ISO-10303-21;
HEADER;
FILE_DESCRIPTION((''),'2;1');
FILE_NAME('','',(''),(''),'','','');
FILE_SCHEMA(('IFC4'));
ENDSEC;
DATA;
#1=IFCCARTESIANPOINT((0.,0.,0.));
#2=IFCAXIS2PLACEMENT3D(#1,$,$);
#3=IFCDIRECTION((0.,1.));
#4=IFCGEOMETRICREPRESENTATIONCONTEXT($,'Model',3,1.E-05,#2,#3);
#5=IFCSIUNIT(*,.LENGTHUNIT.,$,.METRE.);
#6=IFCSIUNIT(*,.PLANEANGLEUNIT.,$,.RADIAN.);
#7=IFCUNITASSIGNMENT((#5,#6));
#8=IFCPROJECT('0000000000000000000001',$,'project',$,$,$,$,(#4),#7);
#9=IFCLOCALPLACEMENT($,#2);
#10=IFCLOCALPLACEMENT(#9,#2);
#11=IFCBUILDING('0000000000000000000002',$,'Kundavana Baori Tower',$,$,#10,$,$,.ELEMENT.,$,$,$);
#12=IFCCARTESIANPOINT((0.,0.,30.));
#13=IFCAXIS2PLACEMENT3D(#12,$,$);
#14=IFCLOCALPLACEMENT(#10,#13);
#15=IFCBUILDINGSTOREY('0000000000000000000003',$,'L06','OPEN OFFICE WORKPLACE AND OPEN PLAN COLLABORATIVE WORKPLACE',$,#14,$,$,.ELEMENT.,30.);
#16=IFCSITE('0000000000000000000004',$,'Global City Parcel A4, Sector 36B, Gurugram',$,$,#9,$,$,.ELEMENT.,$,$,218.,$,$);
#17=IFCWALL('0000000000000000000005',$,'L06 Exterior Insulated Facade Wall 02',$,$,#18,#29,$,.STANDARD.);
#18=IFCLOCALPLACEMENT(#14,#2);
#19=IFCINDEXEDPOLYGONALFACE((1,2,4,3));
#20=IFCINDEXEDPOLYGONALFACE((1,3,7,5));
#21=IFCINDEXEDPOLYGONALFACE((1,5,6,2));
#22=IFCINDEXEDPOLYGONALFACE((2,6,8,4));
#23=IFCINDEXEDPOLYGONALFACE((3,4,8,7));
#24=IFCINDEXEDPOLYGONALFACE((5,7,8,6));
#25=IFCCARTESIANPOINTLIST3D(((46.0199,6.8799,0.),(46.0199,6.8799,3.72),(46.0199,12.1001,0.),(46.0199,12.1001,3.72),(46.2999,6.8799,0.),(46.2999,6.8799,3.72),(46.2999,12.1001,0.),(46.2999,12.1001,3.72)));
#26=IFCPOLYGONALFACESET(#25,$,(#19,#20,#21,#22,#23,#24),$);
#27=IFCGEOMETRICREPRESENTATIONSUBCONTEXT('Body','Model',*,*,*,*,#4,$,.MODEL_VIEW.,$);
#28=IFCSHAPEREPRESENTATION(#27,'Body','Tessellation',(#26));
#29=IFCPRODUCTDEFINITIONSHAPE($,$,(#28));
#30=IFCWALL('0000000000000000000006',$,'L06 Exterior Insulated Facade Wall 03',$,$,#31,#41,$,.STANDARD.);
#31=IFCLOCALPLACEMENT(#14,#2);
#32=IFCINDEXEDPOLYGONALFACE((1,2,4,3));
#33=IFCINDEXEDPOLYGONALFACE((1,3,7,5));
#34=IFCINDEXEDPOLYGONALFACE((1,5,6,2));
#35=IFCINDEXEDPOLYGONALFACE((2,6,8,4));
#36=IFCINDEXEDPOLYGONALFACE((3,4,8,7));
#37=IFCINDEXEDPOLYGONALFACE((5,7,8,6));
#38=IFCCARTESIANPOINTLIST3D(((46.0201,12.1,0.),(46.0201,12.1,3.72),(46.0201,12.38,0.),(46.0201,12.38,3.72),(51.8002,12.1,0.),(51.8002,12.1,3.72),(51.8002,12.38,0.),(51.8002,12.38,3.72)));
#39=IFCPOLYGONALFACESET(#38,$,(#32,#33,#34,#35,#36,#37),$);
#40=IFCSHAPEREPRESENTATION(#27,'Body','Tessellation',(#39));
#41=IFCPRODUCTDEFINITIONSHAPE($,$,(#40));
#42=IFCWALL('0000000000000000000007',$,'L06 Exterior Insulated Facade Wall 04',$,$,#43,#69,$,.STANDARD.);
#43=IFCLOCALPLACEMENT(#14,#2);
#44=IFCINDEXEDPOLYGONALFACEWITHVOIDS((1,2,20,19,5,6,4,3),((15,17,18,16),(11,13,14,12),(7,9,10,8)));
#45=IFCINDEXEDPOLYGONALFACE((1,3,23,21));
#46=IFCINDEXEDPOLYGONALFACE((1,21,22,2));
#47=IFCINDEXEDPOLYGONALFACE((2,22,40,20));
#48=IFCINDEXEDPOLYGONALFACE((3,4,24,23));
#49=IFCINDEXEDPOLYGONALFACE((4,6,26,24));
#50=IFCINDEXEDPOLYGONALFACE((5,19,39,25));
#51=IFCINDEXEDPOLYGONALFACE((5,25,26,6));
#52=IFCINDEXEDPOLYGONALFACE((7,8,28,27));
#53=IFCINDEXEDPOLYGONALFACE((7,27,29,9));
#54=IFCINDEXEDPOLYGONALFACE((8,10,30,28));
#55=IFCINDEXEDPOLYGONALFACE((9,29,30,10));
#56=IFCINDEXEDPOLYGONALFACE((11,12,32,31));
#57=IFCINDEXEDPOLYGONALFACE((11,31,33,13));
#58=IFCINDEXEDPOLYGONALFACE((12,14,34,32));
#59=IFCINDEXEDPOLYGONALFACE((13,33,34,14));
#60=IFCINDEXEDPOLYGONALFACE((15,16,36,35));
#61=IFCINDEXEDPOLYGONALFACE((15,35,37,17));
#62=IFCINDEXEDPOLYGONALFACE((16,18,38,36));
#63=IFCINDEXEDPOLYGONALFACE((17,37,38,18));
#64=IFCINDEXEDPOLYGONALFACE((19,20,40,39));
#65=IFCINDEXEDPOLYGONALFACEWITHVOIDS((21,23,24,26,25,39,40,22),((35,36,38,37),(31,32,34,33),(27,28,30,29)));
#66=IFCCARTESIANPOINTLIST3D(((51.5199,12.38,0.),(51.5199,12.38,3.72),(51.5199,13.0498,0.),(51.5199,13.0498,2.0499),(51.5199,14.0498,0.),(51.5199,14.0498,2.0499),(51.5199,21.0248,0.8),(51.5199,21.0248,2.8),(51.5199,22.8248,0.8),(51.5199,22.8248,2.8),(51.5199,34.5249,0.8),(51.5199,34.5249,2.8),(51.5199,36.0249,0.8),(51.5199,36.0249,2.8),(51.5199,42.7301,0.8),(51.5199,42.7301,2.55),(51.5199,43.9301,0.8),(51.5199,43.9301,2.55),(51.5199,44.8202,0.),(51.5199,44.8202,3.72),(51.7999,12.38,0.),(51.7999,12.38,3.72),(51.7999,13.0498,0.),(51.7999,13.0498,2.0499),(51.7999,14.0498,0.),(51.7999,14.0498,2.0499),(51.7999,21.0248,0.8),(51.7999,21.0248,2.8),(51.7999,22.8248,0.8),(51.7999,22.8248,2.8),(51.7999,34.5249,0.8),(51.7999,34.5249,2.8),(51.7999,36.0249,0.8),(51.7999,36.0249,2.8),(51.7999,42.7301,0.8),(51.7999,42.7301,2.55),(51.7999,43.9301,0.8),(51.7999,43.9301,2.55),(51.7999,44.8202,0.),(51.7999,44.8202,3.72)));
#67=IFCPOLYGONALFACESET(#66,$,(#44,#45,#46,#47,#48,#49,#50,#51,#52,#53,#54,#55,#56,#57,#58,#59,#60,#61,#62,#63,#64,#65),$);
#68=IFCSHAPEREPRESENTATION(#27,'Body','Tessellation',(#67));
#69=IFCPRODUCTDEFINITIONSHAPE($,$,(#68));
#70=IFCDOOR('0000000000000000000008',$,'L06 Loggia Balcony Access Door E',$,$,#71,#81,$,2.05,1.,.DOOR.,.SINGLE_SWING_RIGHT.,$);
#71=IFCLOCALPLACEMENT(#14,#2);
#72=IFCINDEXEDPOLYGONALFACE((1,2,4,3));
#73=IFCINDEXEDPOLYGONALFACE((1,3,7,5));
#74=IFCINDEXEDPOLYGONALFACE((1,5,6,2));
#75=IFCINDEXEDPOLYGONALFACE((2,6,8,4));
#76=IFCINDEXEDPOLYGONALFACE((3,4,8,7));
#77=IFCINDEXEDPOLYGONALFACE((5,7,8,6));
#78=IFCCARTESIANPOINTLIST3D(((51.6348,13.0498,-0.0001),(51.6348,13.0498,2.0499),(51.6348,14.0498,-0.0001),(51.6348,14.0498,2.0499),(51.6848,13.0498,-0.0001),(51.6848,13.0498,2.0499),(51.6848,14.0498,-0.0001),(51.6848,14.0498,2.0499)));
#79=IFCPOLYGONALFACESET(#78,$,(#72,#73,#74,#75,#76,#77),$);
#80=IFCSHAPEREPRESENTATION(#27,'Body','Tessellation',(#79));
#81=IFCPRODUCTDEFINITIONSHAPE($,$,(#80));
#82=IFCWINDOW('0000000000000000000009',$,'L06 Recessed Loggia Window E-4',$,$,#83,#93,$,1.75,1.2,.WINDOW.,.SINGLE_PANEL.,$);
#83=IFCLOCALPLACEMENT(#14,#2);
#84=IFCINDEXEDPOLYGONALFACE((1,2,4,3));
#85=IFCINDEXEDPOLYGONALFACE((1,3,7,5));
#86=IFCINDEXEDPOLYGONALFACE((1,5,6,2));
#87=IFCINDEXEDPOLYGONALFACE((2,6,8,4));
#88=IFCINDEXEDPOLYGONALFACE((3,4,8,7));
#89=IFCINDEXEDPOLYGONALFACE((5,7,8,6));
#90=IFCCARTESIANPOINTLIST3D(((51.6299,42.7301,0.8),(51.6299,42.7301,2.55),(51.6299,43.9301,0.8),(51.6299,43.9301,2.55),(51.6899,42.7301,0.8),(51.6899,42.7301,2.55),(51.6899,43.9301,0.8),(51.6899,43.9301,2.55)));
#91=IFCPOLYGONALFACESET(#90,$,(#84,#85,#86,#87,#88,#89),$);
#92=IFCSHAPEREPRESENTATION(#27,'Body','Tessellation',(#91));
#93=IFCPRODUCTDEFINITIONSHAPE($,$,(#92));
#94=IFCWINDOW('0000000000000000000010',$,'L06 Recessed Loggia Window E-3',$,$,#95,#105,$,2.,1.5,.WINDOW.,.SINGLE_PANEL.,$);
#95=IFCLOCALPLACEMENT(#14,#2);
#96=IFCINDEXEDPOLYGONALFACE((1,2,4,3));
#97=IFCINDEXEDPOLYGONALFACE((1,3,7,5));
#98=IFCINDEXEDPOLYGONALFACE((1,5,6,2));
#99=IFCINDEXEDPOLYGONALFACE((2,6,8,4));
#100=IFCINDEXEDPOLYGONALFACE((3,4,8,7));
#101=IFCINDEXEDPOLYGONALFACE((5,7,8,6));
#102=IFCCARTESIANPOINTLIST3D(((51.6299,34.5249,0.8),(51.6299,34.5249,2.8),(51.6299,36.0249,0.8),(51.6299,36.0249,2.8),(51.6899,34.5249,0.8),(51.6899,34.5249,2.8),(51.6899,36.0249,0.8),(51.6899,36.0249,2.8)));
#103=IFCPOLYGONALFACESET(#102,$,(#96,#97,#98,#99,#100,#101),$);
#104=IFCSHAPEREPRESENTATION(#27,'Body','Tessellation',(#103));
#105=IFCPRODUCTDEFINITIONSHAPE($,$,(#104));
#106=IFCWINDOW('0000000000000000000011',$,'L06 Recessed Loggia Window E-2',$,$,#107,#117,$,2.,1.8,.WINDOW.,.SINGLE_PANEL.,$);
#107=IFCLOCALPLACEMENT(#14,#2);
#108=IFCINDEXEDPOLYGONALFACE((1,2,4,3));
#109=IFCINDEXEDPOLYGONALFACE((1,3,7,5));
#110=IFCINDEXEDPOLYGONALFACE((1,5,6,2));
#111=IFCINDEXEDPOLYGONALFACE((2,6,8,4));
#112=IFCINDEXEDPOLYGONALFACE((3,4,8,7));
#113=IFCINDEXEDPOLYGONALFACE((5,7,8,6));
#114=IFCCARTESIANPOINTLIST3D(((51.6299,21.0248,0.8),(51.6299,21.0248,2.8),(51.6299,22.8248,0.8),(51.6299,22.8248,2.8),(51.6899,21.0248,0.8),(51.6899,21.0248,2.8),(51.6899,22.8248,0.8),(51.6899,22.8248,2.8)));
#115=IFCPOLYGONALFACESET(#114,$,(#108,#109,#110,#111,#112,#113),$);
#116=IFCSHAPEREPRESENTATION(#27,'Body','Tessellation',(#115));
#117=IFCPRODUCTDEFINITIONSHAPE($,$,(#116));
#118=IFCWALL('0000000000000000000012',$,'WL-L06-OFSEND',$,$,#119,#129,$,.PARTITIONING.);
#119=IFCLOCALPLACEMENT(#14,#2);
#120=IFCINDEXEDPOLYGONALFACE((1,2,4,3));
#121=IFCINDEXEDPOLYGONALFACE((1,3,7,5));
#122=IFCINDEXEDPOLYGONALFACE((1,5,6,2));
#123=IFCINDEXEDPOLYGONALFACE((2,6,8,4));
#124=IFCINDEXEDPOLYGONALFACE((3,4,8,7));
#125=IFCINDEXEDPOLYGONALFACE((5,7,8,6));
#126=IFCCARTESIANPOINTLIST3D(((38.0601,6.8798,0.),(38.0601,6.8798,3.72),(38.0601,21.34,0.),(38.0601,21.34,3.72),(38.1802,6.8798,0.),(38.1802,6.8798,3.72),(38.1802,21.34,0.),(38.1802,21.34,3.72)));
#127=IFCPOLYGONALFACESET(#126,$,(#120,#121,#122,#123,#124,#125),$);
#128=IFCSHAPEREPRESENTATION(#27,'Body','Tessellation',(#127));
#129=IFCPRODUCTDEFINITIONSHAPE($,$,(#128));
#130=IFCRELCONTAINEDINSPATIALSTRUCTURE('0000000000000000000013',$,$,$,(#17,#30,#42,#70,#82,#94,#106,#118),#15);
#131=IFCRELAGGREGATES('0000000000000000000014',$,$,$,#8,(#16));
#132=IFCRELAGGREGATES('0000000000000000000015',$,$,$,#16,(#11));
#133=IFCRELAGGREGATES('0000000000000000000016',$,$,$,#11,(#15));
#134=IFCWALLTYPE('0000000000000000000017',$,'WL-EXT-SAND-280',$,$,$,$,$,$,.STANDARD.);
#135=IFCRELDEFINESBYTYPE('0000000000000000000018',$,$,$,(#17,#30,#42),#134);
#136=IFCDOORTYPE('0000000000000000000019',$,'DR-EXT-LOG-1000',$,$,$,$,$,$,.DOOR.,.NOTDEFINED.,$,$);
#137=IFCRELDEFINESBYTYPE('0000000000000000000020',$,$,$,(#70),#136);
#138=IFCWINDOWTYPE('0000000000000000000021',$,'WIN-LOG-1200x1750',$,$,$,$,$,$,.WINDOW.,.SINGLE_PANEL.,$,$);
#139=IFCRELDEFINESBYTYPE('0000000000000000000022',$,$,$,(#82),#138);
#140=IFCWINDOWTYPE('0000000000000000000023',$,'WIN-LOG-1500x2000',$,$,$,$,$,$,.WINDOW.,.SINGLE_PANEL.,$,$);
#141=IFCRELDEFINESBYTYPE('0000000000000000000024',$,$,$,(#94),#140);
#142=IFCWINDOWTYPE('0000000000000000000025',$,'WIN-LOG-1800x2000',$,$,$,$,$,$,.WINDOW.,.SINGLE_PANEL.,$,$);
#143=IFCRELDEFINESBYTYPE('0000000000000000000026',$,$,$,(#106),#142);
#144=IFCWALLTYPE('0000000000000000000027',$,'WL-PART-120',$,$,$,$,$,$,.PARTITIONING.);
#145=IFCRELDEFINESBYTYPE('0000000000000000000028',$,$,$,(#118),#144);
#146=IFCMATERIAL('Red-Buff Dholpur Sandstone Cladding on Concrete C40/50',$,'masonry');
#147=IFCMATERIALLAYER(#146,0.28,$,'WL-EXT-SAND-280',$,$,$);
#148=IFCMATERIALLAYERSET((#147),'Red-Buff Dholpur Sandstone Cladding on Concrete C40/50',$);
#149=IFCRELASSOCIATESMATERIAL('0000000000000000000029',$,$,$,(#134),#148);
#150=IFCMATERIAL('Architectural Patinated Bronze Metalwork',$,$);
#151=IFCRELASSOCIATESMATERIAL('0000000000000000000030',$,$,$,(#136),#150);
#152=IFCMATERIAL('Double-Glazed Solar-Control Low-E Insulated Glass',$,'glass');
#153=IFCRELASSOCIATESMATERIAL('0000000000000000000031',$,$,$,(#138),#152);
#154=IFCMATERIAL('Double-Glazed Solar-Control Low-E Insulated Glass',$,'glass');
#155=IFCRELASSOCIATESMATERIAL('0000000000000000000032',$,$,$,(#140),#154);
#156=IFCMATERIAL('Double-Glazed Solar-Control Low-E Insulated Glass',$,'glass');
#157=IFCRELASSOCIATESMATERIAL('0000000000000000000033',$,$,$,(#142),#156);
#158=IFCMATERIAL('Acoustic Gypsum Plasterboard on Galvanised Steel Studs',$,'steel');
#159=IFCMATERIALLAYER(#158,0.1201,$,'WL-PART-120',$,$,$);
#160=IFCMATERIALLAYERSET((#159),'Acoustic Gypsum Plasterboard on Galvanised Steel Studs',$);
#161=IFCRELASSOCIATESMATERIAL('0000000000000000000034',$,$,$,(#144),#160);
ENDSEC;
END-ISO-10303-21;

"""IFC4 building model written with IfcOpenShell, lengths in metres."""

from ifc_helpers import new_model, si_unit, direction, frame, frame_2d, origin, place, context, subcontext, project, spatial, rectangle, extrude, material, layer, layer_set, type_object, element, fill, save


model = new_model("IFC4")

# Units and contexts
model_context = context("Model", 3, precision=1e-05, world=origin(), true_north=direction((0.0, 1.0)))
body_context = subcontext(model_context, "Body", "Model", "MODEL_VIEW")
ifc_project = project(units=[si_unit("LENGTHUNIT", "METRE"), si_unit("PLANEANGLEUNIT", "RADIAN")], contexts=[model_context])

# Site, building, storey
site_placement = place(None, origin())
site = spatial("IfcSite", under=ifc_project, at=site_placement, Name="Global City Parcel A4, Sector 36B, Gurugram", CompositionType="ELEMENT", RefElevation=218.0)
building_placement = place(site_placement, origin())
building = spatial("IfcBuilding", under=site, at=building_placement, Name="Kundavana Baori Tower", CompositionType="ELEMENT")
storey_placement = place(building_placement, frame((0.0, 0.0, 30.0)))
storey = spatial("IfcBuildingStorey", under=building, at=storey_placement, Name="L06", Description="OPEN OFFICE WORKPLACE AND OPEN PLAN COLLABORATIVE WORKPLACE", CompositionType="ELEMENT", Elevation=30.0)

# Walls
ifc_material_1 = material(Name="Red-Buff Dholpur Sandstone Cladding on Concrete C40/50", Category="masonry")
ifc_layer_1 = layer(ifc_material_1, 0.28, Name="WL-EXT-SAND-280")
ifc_layer_set_1 = layer_set([ifc_layer_1], Name="Red-Buff Dholpur Sandstone Cladding on Concrete C40/50")
wall_type_1 = type_object("IfcWallType", Name="WL-EXT-SAND-280", PredefinedType="STANDARD", material=ifc_layer_set_1)
wall_1_placement = place(storey_placement, frame((46.1599, 6.8799, 0.0), z_axis=(0.0, 0.0, 1.0), x_axis=(0.0, 1.0, 0.0)))
element("IfcWall", 1, at=wall_1_placement, inside=storey, type_object=wall_type_1, Name="L06 Exterior Insulated Facade Wall 02", PredefinedType="STANDARD", context=body_context, shape_type="SweptSolid", body=[
    extrude(rectangle(XDim=5.2202, YDim=0.28, at=frame_2d((2.6101, 0.0))), origin(), (0.0, 0.0, 1.0), 3.72),
])
wall_2_placement = place(storey_placement, frame((46.02, 12.24, 0.0), z_axis=(0.0, 0.0, 1.0), x_axis=(1.0, 0.0, 0.0)))
element("IfcWall", 2, at=wall_2_placement, inside=storey, type_object=wall_type_1, Name="L06 Exterior Insulated Facade Wall 03", PredefinedType="STANDARD", context=body_context, shape_type="SweptSolid", body=[
    extrude(rectangle(XDim=5.78, YDim=0.28, at=frame_2d((2.8901, 0.0))), origin(), (0.0, 0.0, 1.0), 3.72),
])

# Wall, openings, door, windows
wall_3_placement = place(storey_placement, frame((51.6599, 12.3799, 0.0), z_axis=(0.0, 0.0, 1.0), x_axis=(0.0, 1.0, 0.0)))
wall_3 = element("IfcWall", 3, at=wall_3_placement, inside=storey, type_object=wall_type_1, Name="L06 Exterior Insulated Facade Wall 04", PredefinedType="STANDARD", context=body_context, shape_type="SweptSolid", body=[
    extrude(rectangle(XDim=32.4402, YDim=0.28, at=frame_2d((16.2202, 0.0))), origin(), (0.0, 0.0, 1.0), 3.72),
])
opening_1_placement = place(wall_3_placement, frame((0.6699, 0.0, 0.0)))
opening_1 = element("IfcOpeningElement", 4, at=opening_1_placement, cuts=wall_3, PredefinedType="OPENING", context=body_context, shape_type="SweptSolid", body=[
    extrude(rectangle(XDim=1.0, YDim=2.05, at=frame_2d((0.5, 1.0249))), frame((0.0, 0.1499, 0.0), z_axis=(0.0, -1.0, 0.0), x_axis=(1.0, 0.0, 0.0)), (0.0, 0.0, 1.0), 0.3),
])
opening_2_placement = place(wall_3_placement, frame((8.645, 0.0, 0.8)))
opening_2 = element("IfcOpeningElement", 5, at=opening_2_placement, cuts=wall_3, PredefinedType="OPENING", context=body_context, shape_type="SweptSolid", body=[
    extrude(rectangle(XDim=1.8, YDim=2.0, at=frame_2d((0.8999, 1.0))), frame((0.0, 0.1499, 0.0), z_axis=(0.0, -1.0, 0.0), x_axis=(1.0, 0.0, 0.0)), (0.0, 0.0, 1.0), 0.3),
])
opening_3_placement = place(wall_3_placement, frame((22.145, 0.0, 0.8)))
opening_3 = element("IfcOpeningElement", 6, at=opening_3_placement, cuts=wall_3, PredefinedType="OPENING", context=body_context, shape_type="SweptSolid", body=[
    extrude(rectangle(XDim=1.5, YDim=2.0, at=frame_2d((0.75, 1.0))), frame((0.0, 0.1499, 0.0), z_axis=(0.0, -1.0, 0.0), x_axis=(1.0, 0.0, 0.0)), (0.0, 0.0, 1.0), 0.3),
])
opening_4_placement = place(wall_3_placement, frame((30.3501, 0.0, 0.8)))
opening_4 = element("IfcOpeningElement", 7, at=opening_4_placement, cuts=wall_3, PredefinedType="OPENING", context=body_context, shape_type="SweptSolid", body=[
    extrude(rectangle(XDim=1.2, YDim=1.75, at=frame_2d((0.6001, 0.875))), frame((0.0, 0.1499, 0.0), z_axis=(0.0, -1.0, 0.0), x_axis=(1.0, 0.0, 0.0)), (0.0, 0.0, 1.0), 0.3),
])
ifc_material_2 = material(Name="Architectural Patinated Bronze Metalwork")
door_type_1 = type_object("IfcDoorType", Name="DR-EXT-LOG-1000", OperationType="NOTDEFINED", PredefinedType="DOOR", material=ifc_material_2)
door_1_placement = place(opening_1_placement, frame((1.0, 0.0, 0.0), z_axis=(0.0, 0.0, 1.0), x_axis=(-1.0, 0.0, 0.0)))
door_1 = element("IfcDoor", 8, at=door_1_placement, inside=storey, type_object=door_type_1, Name="L06 Loggia Balcony Access Door E", OperationType="SINGLE_SWING_RIGHT", OverallHeight=2.05, OverallWidth=1.0, PredefinedType="DOOR", context=body_context, shape_type="SweptSolid", body=[
    extrude(rectangle(XDim=1.0, YDim=2.05, at=frame_2d((0.5, 1.0249))), frame((0.0, 0.0249, 0.0), z_axis=(0.0, -1.0, 0.0), x_axis=(1.0, 0.0, 0.0)), (0.0, 0.0, 1.0), 0.05),
])
fill(opening_1, door_1)
ifc_material_3 = material(Name="Double-Glazed Solar-Control Low-E Insulated Glass", Category="glass")
window_type_1 = type_object("IfcWindowType", Name="WIN-LOG-1200x1750", PartitioningType="SINGLE_PANEL", PredefinedType="WINDOW", material=ifc_material_3)
window_1_placement = place(opening_4_placement, origin())
window_1 = element("IfcWindow", 9, at=window_1_placement, inside=storey, type_object=window_type_1, Name="L06 Recessed Loggia Window E-4", OverallHeight=1.75, OverallWidth=1.2, PartitioningType="SINGLE_PANEL", PredefinedType="WINDOW", context=body_context, shape_type="SweptSolid", body=[
    extrude(rectangle(XDim=1.2, YDim=1.75, at=frame_2d((0.6001, 0.875))), frame((0.0, 0.03, 0.0), z_axis=(0.0, -1.0, 0.0), x_axis=(1.0, 0.0, 0.0)), (0.0, 0.0, 1.0), 0.0601),
])
fill(opening_4, window_1)
ifc_material_4 = material(Name="Double-Glazed Solar-Control Low-E Insulated Glass", Category="glass")
window_type_2 = type_object("IfcWindowType", Name="WIN-LOG-1500x2000", PartitioningType="SINGLE_PANEL", PredefinedType="WINDOW", material=ifc_material_4)
window_2_placement = place(opening_3_placement, origin())
window_2 = element("IfcWindow", 10, at=window_2_placement, inside=storey, type_object=window_type_2, Name="L06 Recessed Loggia Window E-3", OverallHeight=2.0, OverallWidth=1.5, PartitioningType="SINGLE_PANEL", PredefinedType="WINDOW", context=body_context, shape_type="SweptSolid", body=[
    extrude(rectangle(XDim=1.5, YDim=2.0, at=frame_2d((0.75, 1.0))), frame((0.0, 0.03, 0.0), z_axis=(0.0, -1.0, 0.0), x_axis=(1.0, 0.0, 0.0)), (0.0, 0.0, 1.0), 0.0601),
])
fill(opening_3, window_2)
ifc_material_5 = material(Name="Double-Glazed Solar-Control Low-E Insulated Glass", Category="glass")
window_type_3 = type_object("IfcWindowType", Name="WIN-LOG-1800x2000", PartitioningType="SINGLE_PANEL", PredefinedType="WINDOW", material=ifc_material_5)
window_3_placement = place(opening_2_placement, origin())
window_3 = element("IfcWindow", 11, at=window_3_placement, inside=storey, type_object=window_type_3, Name="L06 Recessed Loggia Window E-2", OverallHeight=2.0, OverallWidth=1.8, PartitioningType="SINGLE_PANEL", PredefinedType="WINDOW", context=body_context, shape_type="SweptSolid", body=[
    extrude(rectangle(XDim=1.8, YDim=2.0, at=frame_2d((0.8999, 1.0))), frame((0.0, 0.03, 0.0), z_axis=(0.0, -1.0, 0.0), x_axis=(1.0, 0.0, 0.0)), (0.0, 0.0, 1.0), 0.0601),
])
fill(opening_2, window_3)

# Wall
ifc_material_6 = material(Name="Acoustic Gypsum Plasterboard on Galvanised Steel Studs", Category="steel")
ifc_layer_2 = layer(ifc_material_6, 0.1201, Name="WL-PART-120")
ifc_layer_set_2 = layer_set([ifc_layer_2], Name="Acoustic Gypsum Plasterboard on Galvanised Steel Studs")
wall_type_2 = type_object("IfcWallType", Name="WL-PART-120", PredefinedType="PARTITIONING", material=ifc_layer_set_2)
wall_4_placement = place(storey_placement, frame((38.1201, 6.8799, 0.0), z_axis=(0.0, 0.0, 1.0), x_axis=(0.0, 1.0, 0.0)))
element("IfcWall", 12, at=wall_4_placement, inside=storey, type_object=wall_type_2, Name="WL-L06-OFSEND", PredefinedType="PARTITIONING", context=body_context, shape_type="SweptSolid", body=[
    extrude(rectangle(XDim=14.4602, YDim=0.1201, at=frame_2d((7.23, 0.0))), origin(), (0.0, 0.0, 1.0), 3.72),
])

save(model, "model.ifc")
